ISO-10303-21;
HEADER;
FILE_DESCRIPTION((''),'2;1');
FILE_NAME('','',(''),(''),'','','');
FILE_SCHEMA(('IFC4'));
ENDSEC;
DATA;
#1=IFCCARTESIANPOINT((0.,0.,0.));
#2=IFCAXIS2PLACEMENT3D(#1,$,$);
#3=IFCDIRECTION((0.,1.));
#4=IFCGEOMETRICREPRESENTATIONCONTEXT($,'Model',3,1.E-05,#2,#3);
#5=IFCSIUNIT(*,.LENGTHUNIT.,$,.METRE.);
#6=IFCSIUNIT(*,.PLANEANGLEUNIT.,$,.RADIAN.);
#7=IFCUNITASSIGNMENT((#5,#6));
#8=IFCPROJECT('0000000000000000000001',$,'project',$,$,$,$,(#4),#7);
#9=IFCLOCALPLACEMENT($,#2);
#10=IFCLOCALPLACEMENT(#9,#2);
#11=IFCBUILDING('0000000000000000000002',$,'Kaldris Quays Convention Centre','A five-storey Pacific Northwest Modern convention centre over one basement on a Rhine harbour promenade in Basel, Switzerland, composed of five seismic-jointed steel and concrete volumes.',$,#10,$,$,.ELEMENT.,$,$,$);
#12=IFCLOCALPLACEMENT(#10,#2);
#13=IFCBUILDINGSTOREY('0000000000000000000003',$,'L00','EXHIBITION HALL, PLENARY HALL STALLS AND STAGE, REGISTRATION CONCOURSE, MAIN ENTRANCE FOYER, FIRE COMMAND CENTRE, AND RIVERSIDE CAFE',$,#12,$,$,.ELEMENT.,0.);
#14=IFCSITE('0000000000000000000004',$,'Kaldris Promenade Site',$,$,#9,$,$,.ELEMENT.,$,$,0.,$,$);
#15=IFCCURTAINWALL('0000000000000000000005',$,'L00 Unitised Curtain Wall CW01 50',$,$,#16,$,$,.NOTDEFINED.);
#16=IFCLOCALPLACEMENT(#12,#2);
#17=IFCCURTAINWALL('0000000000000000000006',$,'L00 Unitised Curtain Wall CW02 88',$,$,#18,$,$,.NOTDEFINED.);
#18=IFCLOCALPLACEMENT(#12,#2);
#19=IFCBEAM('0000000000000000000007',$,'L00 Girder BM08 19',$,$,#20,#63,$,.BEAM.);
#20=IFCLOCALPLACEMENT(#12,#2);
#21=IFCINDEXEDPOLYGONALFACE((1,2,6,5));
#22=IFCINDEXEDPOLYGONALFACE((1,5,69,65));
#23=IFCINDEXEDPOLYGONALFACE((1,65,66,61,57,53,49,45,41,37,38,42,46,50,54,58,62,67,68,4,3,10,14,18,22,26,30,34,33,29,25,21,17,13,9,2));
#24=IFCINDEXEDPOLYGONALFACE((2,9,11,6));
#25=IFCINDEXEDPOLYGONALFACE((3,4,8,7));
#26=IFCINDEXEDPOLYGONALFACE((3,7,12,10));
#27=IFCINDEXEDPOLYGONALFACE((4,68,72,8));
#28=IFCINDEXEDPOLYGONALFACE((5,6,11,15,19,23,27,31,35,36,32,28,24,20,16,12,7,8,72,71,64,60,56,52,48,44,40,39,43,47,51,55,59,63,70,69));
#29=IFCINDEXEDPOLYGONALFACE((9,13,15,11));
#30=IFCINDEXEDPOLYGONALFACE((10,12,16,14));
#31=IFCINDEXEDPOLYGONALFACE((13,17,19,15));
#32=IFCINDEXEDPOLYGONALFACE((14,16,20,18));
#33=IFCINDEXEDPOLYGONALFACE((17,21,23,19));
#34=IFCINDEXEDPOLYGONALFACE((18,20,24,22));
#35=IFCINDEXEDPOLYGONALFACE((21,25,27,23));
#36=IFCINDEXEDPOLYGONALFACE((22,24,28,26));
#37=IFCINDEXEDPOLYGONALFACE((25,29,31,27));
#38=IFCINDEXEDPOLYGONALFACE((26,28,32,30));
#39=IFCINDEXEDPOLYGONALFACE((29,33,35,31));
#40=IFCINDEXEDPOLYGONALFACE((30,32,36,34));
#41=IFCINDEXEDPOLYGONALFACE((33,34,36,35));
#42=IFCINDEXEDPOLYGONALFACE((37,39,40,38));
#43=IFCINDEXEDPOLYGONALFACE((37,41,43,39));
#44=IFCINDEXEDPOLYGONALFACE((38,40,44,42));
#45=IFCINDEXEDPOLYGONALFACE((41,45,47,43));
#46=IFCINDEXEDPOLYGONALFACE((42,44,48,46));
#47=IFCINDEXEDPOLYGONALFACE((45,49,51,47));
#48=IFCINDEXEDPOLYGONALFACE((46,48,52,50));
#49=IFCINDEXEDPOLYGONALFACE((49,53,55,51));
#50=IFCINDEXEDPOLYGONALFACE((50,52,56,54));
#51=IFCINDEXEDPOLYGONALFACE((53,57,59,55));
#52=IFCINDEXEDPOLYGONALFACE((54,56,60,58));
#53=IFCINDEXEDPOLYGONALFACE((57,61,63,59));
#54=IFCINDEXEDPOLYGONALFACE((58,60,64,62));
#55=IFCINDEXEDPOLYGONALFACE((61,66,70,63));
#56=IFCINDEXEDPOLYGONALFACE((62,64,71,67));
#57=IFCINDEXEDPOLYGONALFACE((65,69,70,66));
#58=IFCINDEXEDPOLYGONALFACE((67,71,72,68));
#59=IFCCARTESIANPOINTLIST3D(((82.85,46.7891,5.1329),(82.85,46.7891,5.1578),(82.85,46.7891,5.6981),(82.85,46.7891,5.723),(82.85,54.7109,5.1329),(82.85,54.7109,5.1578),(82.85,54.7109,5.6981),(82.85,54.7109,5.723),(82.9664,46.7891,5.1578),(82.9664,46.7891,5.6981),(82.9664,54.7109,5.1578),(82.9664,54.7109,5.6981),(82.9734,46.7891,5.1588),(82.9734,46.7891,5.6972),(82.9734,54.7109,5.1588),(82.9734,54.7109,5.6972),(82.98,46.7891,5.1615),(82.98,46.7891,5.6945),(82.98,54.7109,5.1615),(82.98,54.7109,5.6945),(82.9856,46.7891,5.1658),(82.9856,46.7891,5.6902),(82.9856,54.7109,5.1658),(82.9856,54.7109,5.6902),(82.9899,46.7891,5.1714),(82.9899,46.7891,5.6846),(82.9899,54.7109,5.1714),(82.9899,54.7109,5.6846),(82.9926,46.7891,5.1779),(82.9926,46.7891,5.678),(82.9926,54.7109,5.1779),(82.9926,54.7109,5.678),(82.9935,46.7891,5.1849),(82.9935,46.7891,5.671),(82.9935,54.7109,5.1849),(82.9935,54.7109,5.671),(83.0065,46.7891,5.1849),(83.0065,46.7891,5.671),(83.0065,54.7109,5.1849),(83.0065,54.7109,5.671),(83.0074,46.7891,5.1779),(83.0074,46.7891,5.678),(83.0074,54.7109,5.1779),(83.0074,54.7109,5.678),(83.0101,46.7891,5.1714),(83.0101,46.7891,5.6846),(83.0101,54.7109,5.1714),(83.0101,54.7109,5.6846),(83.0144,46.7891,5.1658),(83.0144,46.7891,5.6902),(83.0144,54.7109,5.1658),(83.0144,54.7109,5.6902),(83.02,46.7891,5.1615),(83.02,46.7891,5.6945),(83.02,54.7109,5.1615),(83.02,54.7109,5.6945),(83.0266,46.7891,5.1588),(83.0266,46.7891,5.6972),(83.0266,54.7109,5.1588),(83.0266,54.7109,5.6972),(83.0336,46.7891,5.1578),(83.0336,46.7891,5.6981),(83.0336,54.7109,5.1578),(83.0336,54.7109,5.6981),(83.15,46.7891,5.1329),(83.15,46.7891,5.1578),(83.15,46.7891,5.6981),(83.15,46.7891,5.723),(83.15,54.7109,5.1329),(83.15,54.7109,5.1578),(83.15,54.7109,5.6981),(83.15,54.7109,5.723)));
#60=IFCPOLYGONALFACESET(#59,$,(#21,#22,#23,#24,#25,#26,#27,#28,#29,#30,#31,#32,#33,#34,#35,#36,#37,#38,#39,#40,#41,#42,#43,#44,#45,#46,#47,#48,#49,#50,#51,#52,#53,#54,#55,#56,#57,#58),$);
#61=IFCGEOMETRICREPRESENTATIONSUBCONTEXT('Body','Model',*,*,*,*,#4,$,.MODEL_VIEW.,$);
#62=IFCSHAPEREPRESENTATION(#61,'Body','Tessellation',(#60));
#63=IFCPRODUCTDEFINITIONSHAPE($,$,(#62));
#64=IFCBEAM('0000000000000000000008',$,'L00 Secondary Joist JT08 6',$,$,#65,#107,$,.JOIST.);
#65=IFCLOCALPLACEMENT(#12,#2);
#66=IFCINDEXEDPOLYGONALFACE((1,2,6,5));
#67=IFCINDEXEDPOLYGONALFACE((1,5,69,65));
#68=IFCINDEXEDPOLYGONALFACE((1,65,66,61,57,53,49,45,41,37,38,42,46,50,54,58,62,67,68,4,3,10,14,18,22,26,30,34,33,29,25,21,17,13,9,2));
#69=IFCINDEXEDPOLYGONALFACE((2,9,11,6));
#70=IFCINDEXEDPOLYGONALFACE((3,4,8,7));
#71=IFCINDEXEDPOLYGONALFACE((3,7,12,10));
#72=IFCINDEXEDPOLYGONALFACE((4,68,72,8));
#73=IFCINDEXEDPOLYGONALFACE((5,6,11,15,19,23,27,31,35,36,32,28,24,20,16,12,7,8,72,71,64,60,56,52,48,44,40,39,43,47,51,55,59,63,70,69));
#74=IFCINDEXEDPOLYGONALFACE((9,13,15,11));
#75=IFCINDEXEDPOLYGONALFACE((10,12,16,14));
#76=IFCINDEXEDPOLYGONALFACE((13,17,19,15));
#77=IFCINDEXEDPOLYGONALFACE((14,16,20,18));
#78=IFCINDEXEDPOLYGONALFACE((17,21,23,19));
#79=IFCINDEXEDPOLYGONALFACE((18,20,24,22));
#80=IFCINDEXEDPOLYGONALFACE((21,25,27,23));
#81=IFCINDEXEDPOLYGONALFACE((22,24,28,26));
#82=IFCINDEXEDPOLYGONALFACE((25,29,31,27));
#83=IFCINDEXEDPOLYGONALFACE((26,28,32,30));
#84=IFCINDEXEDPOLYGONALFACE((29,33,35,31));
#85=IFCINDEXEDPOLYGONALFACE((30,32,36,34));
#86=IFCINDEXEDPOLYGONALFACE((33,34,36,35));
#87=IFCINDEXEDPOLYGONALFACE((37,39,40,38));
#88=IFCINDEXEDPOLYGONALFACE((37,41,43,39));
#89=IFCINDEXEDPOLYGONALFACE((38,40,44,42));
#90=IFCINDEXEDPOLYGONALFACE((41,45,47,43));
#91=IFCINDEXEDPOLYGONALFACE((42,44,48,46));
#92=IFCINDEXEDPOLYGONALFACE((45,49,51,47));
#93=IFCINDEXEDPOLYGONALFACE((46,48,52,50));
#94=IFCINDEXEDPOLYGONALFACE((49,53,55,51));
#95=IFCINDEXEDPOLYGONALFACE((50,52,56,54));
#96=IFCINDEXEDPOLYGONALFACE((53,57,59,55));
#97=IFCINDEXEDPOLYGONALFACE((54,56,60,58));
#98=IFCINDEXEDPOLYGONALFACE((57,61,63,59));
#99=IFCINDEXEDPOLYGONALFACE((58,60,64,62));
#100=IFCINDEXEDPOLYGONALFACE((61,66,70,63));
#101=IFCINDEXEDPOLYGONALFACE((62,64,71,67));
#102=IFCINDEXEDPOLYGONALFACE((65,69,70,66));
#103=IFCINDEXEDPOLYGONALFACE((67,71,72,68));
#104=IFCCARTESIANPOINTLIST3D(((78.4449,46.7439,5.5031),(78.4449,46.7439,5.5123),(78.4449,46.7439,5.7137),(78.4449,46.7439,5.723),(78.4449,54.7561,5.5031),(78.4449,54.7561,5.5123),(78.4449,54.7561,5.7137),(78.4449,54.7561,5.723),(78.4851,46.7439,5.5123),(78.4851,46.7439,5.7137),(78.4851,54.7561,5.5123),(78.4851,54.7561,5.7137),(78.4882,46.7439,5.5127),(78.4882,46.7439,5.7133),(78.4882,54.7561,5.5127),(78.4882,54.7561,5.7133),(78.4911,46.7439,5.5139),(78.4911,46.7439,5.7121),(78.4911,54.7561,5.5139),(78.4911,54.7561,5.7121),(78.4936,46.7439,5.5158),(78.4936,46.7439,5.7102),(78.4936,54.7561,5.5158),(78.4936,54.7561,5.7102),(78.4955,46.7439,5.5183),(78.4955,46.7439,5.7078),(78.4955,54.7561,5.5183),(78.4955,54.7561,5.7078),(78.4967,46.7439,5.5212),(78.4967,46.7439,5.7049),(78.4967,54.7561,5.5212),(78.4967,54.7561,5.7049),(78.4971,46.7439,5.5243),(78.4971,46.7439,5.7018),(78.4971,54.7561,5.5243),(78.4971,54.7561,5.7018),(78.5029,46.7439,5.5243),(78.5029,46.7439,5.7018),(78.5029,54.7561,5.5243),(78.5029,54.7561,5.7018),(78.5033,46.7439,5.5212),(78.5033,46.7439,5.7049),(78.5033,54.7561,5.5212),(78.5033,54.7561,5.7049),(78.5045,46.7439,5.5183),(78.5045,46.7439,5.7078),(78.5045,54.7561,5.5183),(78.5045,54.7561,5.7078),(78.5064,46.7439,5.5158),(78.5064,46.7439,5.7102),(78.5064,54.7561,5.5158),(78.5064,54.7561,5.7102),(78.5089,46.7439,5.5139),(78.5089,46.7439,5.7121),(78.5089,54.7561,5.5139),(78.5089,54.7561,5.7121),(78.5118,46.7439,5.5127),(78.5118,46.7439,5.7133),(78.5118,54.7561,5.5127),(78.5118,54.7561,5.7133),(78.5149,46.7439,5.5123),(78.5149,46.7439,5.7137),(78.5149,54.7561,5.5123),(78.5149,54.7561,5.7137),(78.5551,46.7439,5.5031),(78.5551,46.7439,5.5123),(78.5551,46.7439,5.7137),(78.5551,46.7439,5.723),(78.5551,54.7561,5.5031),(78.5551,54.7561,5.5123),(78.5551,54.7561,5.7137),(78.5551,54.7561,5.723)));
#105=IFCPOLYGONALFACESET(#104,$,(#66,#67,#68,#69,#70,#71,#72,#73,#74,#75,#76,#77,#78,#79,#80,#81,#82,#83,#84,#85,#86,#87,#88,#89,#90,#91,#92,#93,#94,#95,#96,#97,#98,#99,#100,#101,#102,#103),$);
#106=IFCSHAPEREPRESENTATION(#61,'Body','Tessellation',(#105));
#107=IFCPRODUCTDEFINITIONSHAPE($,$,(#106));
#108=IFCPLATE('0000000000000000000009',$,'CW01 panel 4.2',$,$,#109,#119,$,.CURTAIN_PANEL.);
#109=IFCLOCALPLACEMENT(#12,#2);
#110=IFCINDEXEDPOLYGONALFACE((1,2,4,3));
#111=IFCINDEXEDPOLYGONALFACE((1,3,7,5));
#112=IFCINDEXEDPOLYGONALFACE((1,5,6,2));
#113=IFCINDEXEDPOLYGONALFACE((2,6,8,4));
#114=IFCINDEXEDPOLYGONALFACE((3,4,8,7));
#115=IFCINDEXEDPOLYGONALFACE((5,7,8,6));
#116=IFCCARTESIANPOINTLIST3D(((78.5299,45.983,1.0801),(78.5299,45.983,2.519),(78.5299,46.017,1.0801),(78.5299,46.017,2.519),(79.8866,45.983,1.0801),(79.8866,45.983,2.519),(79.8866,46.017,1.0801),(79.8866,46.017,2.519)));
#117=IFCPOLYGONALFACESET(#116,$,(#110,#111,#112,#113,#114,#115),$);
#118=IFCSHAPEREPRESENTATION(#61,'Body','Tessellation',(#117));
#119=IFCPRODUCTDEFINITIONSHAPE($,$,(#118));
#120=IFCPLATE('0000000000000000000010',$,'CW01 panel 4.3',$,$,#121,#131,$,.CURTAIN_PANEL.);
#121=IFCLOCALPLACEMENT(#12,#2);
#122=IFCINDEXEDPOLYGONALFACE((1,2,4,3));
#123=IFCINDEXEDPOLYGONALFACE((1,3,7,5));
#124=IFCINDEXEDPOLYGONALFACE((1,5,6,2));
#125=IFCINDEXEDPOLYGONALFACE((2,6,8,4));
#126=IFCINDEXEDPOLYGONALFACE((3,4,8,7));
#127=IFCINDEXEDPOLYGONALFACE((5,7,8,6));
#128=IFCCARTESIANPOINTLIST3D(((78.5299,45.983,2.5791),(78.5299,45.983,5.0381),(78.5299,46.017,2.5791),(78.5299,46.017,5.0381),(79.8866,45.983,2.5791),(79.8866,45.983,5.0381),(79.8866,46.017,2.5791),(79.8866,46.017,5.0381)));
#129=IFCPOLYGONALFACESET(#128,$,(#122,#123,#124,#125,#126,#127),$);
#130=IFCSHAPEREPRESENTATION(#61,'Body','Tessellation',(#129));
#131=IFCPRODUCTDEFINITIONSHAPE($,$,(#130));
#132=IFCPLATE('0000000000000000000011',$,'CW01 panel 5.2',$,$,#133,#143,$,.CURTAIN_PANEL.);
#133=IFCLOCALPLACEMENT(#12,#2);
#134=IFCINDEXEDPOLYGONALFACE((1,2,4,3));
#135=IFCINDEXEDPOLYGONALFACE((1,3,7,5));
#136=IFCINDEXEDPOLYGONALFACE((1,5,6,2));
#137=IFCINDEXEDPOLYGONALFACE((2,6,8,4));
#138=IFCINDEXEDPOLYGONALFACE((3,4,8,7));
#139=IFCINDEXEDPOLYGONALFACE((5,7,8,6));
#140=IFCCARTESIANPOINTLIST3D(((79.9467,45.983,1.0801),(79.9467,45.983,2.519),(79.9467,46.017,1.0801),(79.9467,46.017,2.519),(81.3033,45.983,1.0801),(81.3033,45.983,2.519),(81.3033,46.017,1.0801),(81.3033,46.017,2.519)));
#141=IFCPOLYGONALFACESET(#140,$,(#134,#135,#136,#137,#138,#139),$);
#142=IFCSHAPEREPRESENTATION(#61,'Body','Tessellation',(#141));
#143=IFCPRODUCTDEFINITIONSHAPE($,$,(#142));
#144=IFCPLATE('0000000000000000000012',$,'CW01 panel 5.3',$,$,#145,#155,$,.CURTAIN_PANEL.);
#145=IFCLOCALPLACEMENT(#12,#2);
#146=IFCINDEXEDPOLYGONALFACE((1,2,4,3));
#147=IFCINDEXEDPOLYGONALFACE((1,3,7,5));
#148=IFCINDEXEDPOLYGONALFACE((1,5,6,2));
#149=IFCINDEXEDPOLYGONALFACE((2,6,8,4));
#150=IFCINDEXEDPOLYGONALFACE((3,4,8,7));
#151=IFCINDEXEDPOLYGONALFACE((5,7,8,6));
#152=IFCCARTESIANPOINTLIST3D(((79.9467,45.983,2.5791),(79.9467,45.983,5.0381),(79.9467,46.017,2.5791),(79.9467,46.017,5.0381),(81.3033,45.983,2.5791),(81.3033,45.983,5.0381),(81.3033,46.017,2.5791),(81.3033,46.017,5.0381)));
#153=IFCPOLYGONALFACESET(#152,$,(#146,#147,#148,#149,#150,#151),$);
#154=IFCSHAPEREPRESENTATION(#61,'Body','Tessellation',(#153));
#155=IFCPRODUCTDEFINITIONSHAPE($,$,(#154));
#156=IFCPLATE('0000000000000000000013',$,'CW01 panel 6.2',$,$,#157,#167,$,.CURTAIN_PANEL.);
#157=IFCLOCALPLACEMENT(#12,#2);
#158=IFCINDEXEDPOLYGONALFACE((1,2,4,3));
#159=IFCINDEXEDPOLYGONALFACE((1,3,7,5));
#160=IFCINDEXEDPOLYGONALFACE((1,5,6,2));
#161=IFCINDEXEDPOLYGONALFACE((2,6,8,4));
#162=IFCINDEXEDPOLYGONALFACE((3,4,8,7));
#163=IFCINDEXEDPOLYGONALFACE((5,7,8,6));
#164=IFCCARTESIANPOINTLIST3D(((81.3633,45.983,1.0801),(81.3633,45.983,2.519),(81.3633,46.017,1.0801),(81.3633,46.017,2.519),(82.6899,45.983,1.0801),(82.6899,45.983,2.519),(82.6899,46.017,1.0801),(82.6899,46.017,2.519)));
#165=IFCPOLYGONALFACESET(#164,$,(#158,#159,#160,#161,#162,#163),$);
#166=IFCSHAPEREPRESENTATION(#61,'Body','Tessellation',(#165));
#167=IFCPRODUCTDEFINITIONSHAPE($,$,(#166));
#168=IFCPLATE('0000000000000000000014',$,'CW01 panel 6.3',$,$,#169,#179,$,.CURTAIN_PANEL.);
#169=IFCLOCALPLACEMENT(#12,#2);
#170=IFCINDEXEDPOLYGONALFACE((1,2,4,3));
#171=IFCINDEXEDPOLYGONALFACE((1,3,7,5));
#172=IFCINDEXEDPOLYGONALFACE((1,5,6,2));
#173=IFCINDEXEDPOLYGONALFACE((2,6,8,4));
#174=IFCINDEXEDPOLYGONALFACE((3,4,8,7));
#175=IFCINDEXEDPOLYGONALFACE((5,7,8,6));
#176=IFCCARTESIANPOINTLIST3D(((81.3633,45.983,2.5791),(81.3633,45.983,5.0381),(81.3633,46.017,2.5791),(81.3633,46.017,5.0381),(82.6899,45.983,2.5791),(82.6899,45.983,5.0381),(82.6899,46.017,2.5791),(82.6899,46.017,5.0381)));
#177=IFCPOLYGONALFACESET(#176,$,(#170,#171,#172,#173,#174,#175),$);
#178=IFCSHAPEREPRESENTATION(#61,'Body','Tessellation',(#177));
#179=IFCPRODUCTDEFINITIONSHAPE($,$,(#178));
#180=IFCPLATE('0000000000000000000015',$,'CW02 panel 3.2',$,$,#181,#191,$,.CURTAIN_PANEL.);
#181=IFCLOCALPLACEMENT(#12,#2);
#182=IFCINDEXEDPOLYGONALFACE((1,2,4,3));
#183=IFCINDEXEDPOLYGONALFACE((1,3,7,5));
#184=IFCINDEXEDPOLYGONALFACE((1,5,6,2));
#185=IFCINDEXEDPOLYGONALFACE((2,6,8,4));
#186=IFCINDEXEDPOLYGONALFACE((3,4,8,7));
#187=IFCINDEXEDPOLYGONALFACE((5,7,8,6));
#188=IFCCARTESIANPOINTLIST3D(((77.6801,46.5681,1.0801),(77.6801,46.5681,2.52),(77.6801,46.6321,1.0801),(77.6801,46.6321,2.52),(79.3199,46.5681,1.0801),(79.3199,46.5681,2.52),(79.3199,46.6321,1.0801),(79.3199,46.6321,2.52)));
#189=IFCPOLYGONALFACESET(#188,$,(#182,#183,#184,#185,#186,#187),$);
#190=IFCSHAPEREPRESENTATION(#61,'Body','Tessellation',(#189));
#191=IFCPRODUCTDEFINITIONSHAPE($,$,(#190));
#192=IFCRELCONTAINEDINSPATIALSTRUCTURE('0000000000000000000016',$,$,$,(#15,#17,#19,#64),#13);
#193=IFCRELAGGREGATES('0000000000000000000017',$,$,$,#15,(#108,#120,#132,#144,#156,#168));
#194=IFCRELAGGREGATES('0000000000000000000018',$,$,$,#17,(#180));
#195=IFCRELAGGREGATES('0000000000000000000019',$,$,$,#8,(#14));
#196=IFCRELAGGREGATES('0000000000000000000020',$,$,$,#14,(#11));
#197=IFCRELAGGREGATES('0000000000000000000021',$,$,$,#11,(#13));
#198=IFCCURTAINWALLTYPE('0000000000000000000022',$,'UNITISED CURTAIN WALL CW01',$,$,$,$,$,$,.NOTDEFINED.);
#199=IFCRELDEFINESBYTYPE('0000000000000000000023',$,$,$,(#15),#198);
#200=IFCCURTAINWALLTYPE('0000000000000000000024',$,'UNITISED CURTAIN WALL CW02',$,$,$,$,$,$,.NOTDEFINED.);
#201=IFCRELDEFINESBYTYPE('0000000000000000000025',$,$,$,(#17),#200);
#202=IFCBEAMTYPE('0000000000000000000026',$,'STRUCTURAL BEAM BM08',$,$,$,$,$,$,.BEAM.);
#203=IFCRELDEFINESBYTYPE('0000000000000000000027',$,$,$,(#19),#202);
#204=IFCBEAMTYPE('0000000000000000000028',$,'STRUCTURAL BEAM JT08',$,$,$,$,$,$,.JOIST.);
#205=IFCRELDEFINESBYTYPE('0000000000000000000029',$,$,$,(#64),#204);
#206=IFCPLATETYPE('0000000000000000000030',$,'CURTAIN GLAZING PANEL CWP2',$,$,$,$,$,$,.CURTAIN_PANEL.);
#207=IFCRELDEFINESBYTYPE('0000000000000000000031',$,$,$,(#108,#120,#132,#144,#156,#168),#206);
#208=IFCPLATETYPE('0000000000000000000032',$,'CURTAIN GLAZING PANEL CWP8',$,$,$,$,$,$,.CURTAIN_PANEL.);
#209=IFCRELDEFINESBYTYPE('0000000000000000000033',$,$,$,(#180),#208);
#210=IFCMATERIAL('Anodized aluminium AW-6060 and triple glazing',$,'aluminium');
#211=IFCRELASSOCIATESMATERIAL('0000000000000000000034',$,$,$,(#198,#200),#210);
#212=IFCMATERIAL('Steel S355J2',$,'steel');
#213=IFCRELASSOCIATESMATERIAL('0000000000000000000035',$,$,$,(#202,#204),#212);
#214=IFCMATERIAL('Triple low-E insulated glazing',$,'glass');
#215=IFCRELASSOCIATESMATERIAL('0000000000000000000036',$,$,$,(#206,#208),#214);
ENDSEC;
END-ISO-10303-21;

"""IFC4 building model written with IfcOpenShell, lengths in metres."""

from ifc_helpers import new_model, si_unit, direction, frame, origin, origin_2d, place, context, subcontext, project, spatial, rectangle, i_section, extrude, material, material_profile, profile_set, type_object, element, aggregate, save


model = new_model("IFC4")

# Units and contexts
model_context = context("Model", 3, precision=1e-05, world=origin(), true_north=direction((0.0, 1.0)))
body_context = subcontext(model_context, "Body", "Model", "MODEL_VIEW")
ifc_project = project(units=[si_unit("LENGTHUNIT", "METRE"), si_unit("PLANEANGLEUNIT", "RADIAN")], contexts=[model_context])

# Site, building, storey
site_placement = place(None, origin())
site = spatial("IfcSite", under=ifc_project, at=site_placement, Name="Kaldris Promenade Site", CompositionType="ELEMENT", RefElevation=0.0)
building_placement = place(site_placement, origin())
building = spatial("IfcBuilding", under=site, at=building_placement, Name="Kaldris Quays Convention Centre", Description="A five-storey Pacific Northwest Modern convention centre over one basement on a Rhine harbour promenade in Basel, Switzerland, composed of five seismic-jointed steel and concrete volumes.", CompositionType="ELEMENT")
storey_placement = place(building_placement, origin())
storey = spatial("IfcBuildingStorey", under=building, at=storey_placement, Name="L00", Description="EXHIBITION HALL, PLENARY HALL STALLS AND STAGE, REGISTRATION CONCOURSE, MAIN ENTRANCE FOYER, FIRE COMMAND CENTRE, AND RIVERSIDE CAFE", CompositionType="ELEMENT", Elevation=0.0)

# Curtain walls
ifc_material_1 = material(Name="Anodized aluminium AW-6060 and triple glazing", Category="aluminium")
curtain_wall_type_1 = type_object("IfcCurtainWallType", Name="UNITISED CURTAIN WALL CW01", PredefinedType="NOTDEFINED", material=ifc_material_1)
curtain_wall_1_placement = place(storey_placement, origin())
curtain_wall_1 = element("IfcCurtainWall", 1, at=curtain_wall_1_placement, inside=storey, type_object=curtain_wall_type_1, Name="L00 Unitised Curtain Wall CW01 50", PredefinedType="NOTDEFINED")
curtain_wall_type_2 = type_object("IfcCurtainWallType", Name="UNITISED CURTAIN WALL CW02", PredefinedType="NOTDEFINED", material=ifc_material_1)
curtain_wall_2_placement = place(storey_placement, origin())
curtain_wall_2 = element("IfcCurtainWall", 2, at=curtain_wall_2_placement, inside=storey, type_object=curtain_wall_type_2, Name="L00 Unitised Curtain Wall CW02 88", PredefinedType="NOTDEFINED")

# Beams
ifc_material_2 = material(Name="Steel S355J2", Category="steel")
ifc_material_profile_1 = material_profile(ifc_material_2, i_section(OverallWidth=0.3, OverallDepth=0.5901, WebThickness=0.0129, FlangeThickness=0.0249, FilletRadius=0.0271, at=origin_2d()), Name="HEA 600")
ifc_profile_set_1 = profile_set([ifc_material_profile_1], Name="Steel S355J2")
beam_type_1 = type_object("IfcBeamType", Name="STRUCTURAL BEAM BM08", PredefinedType="BEAM", material=ifc_profile_set_1)
beam_1_placement = place(storey_placement, frame((83.0, 46.7891, 5.428), z_axis=(0.0, 1.0, 0.0), x_axis=(-1.0, 0.0, 0.0)))
element("IfcBeam", 3, at=beam_1_placement, inside=storey, type_object=beam_type_1, Name="L00 Girder BM08 19", PredefinedType="BEAM", context=body_context, shape_type="SweptSolid", body=[
    extrude(i_section(OverallWidth=0.3, OverallDepth=0.5901, WebThickness=0.0129, FlangeThickness=0.0249, FilletRadius=0.0271, at=origin_2d()), origin(), (0.0, 0.0, 1.0), 7.9219),
])
ifc_material_profile_2 = material_profile(ifc_material_2, i_section(OverallWidth=0.1101, OverallDepth=0.22, WebThickness=0.0059, FlangeThickness=0.0093, FilletRadius=0.012, at=origin_2d()), Name="IPE 220")
ifc_profile_set_2 = profile_set([ifc_material_profile_2], Name="Steel S355J2")
beam_type_2 = type_object("IfcBeamType", Name="STRUCTURAL BEAM JT08", PredefinedType="JOIST", material=ifc_profile_set_2)
beam_2_placement = place(storey_placement, frame((78.5, 46.7439, 5.613), z_axis=(0.0, 1.0, 0.0), x_axis=(-1.0, 0.0, 0.0)))
element("IfcBeam", 4, at=beam_2_placement, inside=storey, type_object=beam_type_2, Name="L00 Secondary Joist JT08 6", PredefinedType="JOIST", context=body_context, shape_type="SweptSolid", body=[
    extrude(i_section(OverallWidth=0.1101, OverallDepth=0.22, WebThickness=0.0059, FlangeThickness=0.0093, FilletRadius=0.012, at=origin_2d()), origin(), (0.0, 0.0, 1.0), 8.0122),
])

# Plates
ifc_material_3 = material(Name="Triple low-E insulated glazing", Category="glass")
plate_type_1 = type_object("IfcPlateType", Name="CURTAIN GLAZING PANEL CWP2", PredefinedType="CURTAIN_PANEL", material=ifc_material_3)
plate_1_placement = place(storey_placement, frame((79.2083, 46.0, 1.0801), z_axis=(0.0, 0.0, 1.0), x_axis=(1.0, 0.0, 0.0)))
plate_1 = element("IfcPlate", 5, at=plate_1_placement, type_object=plate_type_1, Name="CW01 panel 4.2", PredefinedType="CURTAIN_PANEL", context=body_context, shape_type="SweptSolid", body=[
    extrude(rectangle(XDim=1.3567, YDim=0.0339, at=origin_2d()), origin(), (0.0, 0.0, 1.0), 1.439),
])
plate_2_placement = place(storey_placement, frame((79.2083, 46.0, 2.5791), z_axis=(0.0, 0.0, 1.0), x_axis=(1.0, 0.0, 0.0)))
plate_2 = element("IfcPlate", 6, at=plate_2_placement, type_object=plate_type_1, Name="CW01 panel 4.3", PredefinedType="CURTAIN_PANEL", context=body_context, shape_type="SweptSolid", body=[
    extrude(rectangle(XDim=1.3567, YDim=0.0339, at=origin_2d()), origin(), (0.0, 0.0, 1.0), 2.459),
])
plate_3_placement = place(storey_placement, frame((80.625, 46.0, 1.0801), z_axis=(0.0, 0.0, 1.0), x_axis=(1.0, 0.0, 0.0)))
plate_3 = element("IfcPlate", 7, at=plate_3_placement, type_object=plate_type_1, Name="CW01 panel 5.2", PredefinedType="CURTAIN_PANEL", context=body_context, shape_type="SweptSolid", body=[
    extrude(rectangle(XDim=1.3567, YDim=0.0339, at=origin_2d()), origin(), (0.0, 0.0, 1.0), 1.439),
])
plate_4_placement = place(storey_placement, frame((80.625, 46.0, 2.5791), z_axis=(0.0, 0.0, 1.0), x_axis=(1.0, 0.0, 0.0)))
plate_4 = element("IfcPlate", 8, at=plate_4_placement, type_object=plate_type_1, Name="CW01 panel 5.3", PredefinedType="CURTAIN_PANEL", context=body_context, shape_type="SweptSolid", body=[
    extrude(rectangle(XDim=1.3567, YDim=0.0339, at=origin_2d()), origin(), (0.0, 0.0, 1.0), 2.459),
])
plate_5_placement = place(storey_placement, frame((82.0266, 46.0, 1.0801), z_axis=(0.0, 0.0, 1.0), x_axis=(1.0, 0.0, 0.0)))
plate_5 = element("IfcPlate", 9, at=plate_5_placement, type_object=plate_type_1, Name="CW01 panel 6.2", PredefinedType="CURTAIN_PANEL", context=body_context, shape_type="SweptSolid", body=[
    extrude(rectangle(XDim=1.3267, YDim=0.0339, at=origin_2d()), origin(), (0.0, 0.0, 1.0), 1.439),
])
plate_6_placement = place(storey_placement, frame((82.0266, 46.0, 2.5791), z_axis=(0.0, 0.0, 1.0), x_axis=(1.0, 0.0, 0.0)))
plate_6 = element("IfcPlate", 10, at=plate_6_placement, type_object=plate_type_1, Name="CW01 panel 6.3", PredefinedType="CURTAIN_PANEL", context=body_context, shape_type="SweptSolid", body=[
    extrude(rectangle(XDim=1.3267, YDim=0.0339, at=origin_2d()), origin(), (0.0, 0.0, 1.0), 2.459),
])
aggregate(curtain_wall_1, [plate_1, plate_2, plate_3, plate_4, plate_5, plate_6])
plate_type_2 = type_object("IfcPlateType", Name="CURTAIN GLAZING PANEL CWP8", PredefinedType="CURTAIN_PANEL", material=ifc_material_3)
plate_7_placement = place(storey_placement, frame((78.5, 46.6001, 1.0801), z_axis=(0.0, 0.0, 1.0), x_axis=(1.0, 0.0, 0.0)))
plate_7 = element("IfcPlate", 11, at=plate_7_placement, type_object=plate_type_2, Name="CW02 panel 3.2", PredefinedType="CURTAIN_PANEL", context=body_context, shape_type="SweptSolid", body=[
    extrude(rectangle(XDim=1.6399, YDim=0.064, at=origin_2d()), origin(), (0.0, 0.0, 1.0), 1.4399),
])
aggregate(curtain_wall_2, [plate_7])

save(model, "model.ifc")
